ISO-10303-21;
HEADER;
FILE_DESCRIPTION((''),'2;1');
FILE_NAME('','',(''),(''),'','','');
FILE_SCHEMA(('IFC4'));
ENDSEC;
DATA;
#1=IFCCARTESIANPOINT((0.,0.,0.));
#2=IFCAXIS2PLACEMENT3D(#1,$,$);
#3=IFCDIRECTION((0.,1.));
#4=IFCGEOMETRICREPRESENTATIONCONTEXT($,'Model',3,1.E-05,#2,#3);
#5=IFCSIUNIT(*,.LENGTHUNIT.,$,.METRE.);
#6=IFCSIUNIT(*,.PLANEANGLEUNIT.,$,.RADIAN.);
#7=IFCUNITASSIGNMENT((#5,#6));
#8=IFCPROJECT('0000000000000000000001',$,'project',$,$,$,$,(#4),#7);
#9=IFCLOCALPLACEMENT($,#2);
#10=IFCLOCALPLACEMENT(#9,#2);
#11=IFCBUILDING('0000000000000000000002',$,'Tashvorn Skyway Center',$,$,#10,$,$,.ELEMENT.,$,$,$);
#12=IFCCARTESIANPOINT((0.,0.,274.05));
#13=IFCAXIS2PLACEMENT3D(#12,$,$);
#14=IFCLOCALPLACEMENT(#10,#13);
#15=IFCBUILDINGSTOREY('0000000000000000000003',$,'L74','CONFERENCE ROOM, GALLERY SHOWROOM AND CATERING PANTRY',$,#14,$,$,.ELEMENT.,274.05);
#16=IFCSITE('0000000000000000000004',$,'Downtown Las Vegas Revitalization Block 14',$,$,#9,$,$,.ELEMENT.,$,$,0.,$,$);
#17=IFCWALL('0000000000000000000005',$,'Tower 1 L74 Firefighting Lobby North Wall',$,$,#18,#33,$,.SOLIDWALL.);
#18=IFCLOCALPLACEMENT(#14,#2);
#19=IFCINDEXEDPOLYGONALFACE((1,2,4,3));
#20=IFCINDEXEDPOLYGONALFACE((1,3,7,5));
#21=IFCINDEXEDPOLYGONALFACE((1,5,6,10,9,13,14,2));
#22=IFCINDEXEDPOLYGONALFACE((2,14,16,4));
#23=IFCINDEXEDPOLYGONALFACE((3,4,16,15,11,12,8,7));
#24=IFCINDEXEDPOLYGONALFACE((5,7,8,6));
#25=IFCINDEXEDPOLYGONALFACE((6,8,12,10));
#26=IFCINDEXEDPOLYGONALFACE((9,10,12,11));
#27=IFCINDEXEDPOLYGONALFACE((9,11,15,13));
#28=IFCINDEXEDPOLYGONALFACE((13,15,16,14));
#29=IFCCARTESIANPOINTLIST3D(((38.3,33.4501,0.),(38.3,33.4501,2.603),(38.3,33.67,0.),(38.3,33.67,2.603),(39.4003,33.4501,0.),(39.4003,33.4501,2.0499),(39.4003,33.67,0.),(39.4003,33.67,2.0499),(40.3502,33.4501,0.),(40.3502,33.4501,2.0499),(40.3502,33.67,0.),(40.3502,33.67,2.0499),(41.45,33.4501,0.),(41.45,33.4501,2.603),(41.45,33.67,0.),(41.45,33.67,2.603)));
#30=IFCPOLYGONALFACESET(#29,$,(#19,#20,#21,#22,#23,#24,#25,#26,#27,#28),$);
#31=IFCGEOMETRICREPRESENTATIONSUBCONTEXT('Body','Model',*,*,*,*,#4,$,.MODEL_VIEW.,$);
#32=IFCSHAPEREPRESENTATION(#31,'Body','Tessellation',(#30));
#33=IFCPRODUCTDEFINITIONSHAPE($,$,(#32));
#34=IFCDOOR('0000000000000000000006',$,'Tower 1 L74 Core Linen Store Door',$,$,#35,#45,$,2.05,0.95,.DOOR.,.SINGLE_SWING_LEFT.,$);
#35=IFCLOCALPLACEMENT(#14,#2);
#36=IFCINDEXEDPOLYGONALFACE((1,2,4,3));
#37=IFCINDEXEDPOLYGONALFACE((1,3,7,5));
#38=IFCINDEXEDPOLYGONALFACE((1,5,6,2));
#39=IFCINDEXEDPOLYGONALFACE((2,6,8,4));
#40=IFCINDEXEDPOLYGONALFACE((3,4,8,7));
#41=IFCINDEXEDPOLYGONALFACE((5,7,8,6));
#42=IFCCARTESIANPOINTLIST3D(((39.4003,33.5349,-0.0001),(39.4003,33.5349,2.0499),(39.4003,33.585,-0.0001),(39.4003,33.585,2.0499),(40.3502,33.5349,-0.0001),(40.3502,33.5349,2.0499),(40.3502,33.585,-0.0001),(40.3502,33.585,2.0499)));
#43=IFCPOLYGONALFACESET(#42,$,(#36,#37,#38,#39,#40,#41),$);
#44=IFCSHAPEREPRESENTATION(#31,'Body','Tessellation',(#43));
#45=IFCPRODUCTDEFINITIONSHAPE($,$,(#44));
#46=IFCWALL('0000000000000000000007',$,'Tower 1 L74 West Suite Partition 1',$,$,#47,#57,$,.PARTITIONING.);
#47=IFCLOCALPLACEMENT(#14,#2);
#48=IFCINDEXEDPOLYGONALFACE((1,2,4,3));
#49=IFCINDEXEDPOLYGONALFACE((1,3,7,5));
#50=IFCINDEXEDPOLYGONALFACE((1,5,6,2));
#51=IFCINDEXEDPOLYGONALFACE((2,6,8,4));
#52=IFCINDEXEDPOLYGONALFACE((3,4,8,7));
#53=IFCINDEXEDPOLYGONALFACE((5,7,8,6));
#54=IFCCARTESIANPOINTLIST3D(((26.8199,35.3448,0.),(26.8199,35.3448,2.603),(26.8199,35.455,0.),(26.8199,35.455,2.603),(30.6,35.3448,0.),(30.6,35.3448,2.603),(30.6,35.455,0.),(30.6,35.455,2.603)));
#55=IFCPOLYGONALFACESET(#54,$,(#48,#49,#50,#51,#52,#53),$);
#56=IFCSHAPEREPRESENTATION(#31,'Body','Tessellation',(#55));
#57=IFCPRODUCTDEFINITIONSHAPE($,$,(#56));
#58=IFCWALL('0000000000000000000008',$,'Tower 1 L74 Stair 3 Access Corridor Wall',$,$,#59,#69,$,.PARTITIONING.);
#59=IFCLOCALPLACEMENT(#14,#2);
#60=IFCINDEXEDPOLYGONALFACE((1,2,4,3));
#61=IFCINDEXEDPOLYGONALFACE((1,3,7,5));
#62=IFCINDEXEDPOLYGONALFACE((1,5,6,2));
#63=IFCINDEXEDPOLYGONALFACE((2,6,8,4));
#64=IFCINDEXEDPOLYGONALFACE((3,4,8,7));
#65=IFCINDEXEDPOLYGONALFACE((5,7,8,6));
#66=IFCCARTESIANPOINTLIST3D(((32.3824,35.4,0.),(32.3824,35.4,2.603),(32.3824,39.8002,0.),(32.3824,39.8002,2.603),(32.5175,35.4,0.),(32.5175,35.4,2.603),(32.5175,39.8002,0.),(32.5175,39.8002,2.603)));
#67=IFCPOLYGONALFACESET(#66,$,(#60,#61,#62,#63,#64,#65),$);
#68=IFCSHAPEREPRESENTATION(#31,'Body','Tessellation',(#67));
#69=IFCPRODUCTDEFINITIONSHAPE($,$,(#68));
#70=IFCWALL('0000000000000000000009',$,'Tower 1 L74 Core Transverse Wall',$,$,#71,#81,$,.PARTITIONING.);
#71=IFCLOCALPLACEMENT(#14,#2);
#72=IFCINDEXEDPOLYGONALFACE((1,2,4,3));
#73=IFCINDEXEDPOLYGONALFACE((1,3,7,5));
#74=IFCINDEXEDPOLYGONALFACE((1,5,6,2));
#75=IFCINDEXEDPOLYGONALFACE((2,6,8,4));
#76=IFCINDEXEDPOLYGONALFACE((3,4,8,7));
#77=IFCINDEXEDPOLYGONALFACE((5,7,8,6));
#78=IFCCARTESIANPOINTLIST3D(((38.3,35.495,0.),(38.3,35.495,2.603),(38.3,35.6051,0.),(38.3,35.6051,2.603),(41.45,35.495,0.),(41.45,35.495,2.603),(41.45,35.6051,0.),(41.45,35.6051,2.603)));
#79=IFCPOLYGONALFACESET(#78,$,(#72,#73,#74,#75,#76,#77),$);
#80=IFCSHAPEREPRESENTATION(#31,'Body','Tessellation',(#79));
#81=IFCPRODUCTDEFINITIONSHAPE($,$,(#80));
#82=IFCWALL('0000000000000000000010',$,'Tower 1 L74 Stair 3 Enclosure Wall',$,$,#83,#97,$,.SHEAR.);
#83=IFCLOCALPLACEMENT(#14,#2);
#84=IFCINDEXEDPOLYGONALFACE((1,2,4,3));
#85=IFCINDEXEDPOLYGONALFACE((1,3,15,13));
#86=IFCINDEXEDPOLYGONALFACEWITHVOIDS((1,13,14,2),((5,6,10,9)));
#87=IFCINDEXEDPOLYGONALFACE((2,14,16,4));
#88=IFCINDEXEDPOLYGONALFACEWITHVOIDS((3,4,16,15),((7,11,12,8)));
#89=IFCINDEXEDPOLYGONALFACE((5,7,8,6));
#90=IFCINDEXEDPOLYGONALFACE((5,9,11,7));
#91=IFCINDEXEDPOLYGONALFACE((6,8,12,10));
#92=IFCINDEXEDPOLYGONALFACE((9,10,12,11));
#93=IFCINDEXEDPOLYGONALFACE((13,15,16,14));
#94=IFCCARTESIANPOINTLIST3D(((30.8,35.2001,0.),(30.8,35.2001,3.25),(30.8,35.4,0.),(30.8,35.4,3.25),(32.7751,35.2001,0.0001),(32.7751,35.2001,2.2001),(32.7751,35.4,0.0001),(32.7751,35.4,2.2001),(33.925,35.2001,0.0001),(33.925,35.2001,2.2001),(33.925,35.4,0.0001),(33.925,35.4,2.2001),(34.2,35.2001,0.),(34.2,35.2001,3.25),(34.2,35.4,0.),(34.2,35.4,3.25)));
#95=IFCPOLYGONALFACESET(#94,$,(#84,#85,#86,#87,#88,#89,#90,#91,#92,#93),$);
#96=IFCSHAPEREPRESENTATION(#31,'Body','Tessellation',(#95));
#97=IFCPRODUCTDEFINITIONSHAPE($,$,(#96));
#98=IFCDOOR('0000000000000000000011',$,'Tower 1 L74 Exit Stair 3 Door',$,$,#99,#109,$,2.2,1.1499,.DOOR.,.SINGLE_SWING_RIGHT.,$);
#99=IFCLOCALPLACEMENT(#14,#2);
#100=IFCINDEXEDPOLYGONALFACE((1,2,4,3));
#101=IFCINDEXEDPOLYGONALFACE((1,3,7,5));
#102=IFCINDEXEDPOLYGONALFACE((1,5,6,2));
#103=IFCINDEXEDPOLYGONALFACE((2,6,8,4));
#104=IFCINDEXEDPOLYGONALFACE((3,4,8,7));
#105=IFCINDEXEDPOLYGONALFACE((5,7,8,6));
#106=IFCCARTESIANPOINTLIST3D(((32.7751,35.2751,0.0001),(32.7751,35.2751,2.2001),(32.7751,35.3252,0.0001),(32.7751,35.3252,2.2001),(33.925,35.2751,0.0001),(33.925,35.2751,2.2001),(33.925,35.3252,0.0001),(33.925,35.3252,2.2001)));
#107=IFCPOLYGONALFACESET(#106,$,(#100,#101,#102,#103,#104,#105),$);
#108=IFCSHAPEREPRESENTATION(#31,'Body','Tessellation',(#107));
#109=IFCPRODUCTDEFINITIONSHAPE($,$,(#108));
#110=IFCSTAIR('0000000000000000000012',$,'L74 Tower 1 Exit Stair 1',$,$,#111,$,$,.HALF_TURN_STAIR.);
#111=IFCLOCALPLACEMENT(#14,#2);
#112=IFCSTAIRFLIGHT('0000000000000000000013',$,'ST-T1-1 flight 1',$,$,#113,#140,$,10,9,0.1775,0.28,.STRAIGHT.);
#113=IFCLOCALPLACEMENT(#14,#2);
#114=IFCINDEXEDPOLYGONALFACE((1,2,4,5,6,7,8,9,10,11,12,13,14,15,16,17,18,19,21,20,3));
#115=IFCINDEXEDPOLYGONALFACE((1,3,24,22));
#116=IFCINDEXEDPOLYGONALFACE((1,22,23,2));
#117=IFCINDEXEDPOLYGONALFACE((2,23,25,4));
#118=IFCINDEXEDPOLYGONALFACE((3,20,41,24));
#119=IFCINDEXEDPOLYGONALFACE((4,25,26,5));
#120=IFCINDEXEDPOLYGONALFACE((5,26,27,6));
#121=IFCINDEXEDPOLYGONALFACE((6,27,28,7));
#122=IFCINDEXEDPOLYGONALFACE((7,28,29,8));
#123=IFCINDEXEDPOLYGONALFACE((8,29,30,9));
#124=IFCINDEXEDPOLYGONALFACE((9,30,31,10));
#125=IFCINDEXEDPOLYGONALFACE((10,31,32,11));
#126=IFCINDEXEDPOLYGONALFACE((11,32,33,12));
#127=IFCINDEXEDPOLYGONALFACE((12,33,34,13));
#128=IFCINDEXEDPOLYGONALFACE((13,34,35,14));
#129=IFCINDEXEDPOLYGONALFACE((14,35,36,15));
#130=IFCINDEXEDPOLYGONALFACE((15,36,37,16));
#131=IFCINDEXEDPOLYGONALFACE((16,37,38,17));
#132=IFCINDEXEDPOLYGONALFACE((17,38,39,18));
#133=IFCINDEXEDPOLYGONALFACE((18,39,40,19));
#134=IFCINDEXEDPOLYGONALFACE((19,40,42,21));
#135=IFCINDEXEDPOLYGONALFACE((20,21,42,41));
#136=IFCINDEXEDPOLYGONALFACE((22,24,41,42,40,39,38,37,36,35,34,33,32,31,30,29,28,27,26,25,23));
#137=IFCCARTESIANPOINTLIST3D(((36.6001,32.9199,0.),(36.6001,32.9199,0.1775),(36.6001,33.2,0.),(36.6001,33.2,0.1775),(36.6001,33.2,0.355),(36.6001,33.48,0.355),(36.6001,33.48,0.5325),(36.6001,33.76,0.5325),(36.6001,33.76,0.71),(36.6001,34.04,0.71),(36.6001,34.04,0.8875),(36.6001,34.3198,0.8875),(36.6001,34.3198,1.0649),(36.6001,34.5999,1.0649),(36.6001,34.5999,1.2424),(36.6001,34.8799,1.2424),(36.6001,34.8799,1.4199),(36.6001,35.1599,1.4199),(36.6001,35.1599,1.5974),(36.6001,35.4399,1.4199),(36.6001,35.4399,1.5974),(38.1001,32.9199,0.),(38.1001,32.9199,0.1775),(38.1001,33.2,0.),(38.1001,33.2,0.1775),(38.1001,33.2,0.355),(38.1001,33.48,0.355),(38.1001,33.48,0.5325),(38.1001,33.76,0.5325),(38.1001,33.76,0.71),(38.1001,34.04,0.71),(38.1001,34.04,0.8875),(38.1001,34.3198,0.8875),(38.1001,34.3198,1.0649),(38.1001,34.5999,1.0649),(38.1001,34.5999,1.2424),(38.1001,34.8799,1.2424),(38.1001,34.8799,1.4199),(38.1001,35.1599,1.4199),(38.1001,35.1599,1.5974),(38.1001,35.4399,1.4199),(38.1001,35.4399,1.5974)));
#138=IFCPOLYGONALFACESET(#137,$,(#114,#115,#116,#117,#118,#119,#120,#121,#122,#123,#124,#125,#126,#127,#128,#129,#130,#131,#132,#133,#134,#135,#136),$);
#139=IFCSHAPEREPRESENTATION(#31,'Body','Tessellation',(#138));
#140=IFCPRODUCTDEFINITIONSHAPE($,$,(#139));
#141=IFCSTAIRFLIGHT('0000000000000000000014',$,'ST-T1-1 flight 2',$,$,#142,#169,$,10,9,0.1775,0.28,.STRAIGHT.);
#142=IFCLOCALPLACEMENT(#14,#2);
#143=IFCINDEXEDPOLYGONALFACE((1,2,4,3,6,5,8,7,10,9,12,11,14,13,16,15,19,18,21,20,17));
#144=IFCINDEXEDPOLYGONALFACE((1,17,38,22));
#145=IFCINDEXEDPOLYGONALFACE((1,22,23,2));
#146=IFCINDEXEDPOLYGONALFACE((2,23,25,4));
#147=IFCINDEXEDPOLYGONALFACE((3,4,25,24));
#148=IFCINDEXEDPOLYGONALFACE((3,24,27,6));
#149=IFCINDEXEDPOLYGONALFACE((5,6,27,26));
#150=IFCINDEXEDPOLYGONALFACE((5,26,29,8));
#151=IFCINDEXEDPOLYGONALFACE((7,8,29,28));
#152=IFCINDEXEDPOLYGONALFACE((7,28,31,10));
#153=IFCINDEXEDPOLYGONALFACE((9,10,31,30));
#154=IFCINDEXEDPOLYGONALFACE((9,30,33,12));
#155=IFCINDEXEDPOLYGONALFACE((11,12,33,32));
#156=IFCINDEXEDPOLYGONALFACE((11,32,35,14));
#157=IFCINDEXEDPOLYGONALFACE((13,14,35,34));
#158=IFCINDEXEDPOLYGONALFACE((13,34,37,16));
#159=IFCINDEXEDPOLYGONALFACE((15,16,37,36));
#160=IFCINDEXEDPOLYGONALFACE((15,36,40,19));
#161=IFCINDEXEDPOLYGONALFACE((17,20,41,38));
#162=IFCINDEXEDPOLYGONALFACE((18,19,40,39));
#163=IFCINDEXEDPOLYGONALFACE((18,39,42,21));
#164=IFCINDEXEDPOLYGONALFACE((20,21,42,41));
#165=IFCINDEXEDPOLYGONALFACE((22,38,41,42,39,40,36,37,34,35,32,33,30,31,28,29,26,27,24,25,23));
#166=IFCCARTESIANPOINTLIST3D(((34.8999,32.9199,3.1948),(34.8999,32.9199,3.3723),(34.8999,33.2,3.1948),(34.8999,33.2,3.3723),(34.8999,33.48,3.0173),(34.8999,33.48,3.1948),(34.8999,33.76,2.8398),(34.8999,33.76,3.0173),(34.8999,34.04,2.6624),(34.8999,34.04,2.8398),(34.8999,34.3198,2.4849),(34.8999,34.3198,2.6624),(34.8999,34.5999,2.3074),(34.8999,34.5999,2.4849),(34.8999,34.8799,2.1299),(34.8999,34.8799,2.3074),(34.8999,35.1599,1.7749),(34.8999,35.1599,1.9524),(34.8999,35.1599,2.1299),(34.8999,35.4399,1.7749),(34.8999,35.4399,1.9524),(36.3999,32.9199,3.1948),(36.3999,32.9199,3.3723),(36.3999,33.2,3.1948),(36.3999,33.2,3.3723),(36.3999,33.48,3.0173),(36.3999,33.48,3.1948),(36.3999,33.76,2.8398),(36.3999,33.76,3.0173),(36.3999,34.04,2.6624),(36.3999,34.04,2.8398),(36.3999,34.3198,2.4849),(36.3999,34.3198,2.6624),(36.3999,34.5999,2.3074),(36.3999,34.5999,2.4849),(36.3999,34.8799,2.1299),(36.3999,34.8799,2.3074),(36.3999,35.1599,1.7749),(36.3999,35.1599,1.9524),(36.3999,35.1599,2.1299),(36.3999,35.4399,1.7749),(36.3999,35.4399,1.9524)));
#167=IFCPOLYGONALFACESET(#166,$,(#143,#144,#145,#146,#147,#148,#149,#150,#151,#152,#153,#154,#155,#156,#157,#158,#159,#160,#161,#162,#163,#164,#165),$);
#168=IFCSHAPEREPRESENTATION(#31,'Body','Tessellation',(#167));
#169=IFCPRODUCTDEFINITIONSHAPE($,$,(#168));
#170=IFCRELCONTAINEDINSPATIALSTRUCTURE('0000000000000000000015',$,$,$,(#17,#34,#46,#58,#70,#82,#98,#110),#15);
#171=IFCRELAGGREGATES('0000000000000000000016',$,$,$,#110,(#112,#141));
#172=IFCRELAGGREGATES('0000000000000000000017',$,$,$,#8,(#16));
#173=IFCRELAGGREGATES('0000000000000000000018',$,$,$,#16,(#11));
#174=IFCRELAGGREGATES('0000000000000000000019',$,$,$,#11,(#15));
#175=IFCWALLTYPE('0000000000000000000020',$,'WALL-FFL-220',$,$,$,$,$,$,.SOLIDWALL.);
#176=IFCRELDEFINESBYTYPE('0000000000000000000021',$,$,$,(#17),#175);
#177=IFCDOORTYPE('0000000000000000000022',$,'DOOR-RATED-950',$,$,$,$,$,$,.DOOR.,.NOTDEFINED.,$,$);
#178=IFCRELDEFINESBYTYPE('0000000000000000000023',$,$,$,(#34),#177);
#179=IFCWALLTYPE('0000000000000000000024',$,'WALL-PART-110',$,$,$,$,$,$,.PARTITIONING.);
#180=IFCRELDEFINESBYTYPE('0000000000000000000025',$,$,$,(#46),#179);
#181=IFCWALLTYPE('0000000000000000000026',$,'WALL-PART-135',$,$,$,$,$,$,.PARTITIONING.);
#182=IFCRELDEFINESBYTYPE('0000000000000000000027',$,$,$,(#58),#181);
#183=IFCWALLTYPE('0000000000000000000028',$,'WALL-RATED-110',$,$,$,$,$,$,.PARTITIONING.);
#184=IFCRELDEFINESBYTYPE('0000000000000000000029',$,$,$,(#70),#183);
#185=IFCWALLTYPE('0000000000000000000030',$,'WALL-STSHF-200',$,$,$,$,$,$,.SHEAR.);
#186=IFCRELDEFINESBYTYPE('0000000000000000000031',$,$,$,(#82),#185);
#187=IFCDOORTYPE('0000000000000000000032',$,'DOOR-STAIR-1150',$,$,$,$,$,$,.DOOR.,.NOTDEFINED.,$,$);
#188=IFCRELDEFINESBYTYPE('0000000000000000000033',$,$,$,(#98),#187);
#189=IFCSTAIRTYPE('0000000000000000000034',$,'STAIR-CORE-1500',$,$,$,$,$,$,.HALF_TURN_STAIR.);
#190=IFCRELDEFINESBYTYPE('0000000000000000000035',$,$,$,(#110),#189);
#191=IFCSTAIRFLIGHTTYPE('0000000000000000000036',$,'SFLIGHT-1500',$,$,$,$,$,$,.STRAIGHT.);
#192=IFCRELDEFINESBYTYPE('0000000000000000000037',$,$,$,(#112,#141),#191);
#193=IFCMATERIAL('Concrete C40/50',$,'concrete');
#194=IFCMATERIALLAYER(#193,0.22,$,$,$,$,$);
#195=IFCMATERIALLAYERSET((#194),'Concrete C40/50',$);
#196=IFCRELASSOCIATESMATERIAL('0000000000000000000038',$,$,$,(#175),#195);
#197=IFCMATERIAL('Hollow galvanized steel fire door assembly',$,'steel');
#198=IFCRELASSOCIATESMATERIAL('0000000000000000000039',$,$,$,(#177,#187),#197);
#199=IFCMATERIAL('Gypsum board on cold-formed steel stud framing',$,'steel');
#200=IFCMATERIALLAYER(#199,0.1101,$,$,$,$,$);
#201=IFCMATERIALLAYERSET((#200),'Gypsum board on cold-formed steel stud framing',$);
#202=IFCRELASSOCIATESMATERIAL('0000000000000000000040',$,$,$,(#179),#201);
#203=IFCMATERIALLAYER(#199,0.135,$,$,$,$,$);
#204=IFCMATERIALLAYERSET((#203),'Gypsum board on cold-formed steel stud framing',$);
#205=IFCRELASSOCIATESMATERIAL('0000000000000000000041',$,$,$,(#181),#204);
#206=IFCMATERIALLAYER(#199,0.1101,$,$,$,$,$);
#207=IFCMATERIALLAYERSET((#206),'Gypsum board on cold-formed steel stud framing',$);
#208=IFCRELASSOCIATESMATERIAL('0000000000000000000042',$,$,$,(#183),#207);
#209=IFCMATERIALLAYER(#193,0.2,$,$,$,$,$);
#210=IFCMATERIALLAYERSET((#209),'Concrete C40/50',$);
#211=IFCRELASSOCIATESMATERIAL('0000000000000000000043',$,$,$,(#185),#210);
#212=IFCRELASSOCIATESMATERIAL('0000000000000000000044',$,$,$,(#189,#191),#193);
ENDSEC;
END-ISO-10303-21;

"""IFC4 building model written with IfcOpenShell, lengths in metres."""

from ifc_helpers import new_model, si_unit, direction, frame, frame_2d, origin, place, context, subcontext, project, spatial, polyline, rectangle, outline, extrude, material, layer, layer_set, type_object, element, fill, aggregate, save


model = new_model("IFC4")

# Units and contexts
model_context = context("Model", 3, precision=1e-05, world=origin(), true_north=direction((0.0, 1.0)))
body_context = subcontext(model_context, "Body", "Model", "MODEL_VIEW")
ifc_project = project(units=[si_unit("LENGTHUNIT", "METRE"), si_unit("PLANEANGLEUNIT", "RADIAN")], contexts=[model_context])

# Site, building, storey
site_placement = place(None, origin())
site = spatial("IfcSite", under=ifc_project, at=site_placement, Name="Downtown Las Vegas Revitalization Block 14", CompositionType="ELEMENT", RefElevation=0.0)
building_placement = place(site_placement, origin())
building = spatial("IfcBuilding", under=site, at=building_placement, Name="Tashvorn Skyway Center", CompositionType="ELEMENT")
storey_placement = place(building_placement, frame((0.0, 0.0, 274.05)))
storey = spatial("IfcBuildingStorey", under=building, at=storey_placement, Name="L74", Description="CONFERENCE ROOM, GALLERY SHOWROOM AND CATERING PANTRY", CompositionType="ELEMENT", Elevation=274.05)

# Wall, opening, door
ifc_material_1 = material(Name="Concrete C40/50", Category="concrete")
ifc_layer_1 = layer(ifc_material_1, 0.22)
ifc_layer_set_1 = layer_set([ifc_layer_1], Name="Concrete C40/50")
wall_type_1 = type_object("IfcWallType", Name="WALL-FFL-220", PredefinedType="SOLIDWALL", material=ifc_layer_set_1)
wall_1_placement = place(storey_placement, frame((38.3, 33.5601, 0.0), z_axis=(0.0, 0.0, 1.0), x_axis=(1.0, 0.0, 0.0)))
wall_1 = element("IfcWall", 1, at=wall_1_placement, inside=storey, type_object=wall_type_1, Name="Tower 1 L74 Firefighting Lobby North Wall", PredefinedType="SOLIDWALL", context=body_context, shape_type="SweptSolid", body=[
    extrude(rectangle(XDim=3.1499, YDim=0.22, at=frame_2d((1.575, 0.0))), origin(), (0.0, 0.0, 1.0), 2.603),
])
opening_1_placement = place(wall_1_placement, frame((1.1001, 0.0, 0.0)))
opening_1 = element("IfcOpeningElement", 2, at=opening_1_placement, cuts=wall_1, PredefinedType="OPENING", context=body_context, shape_type="SweptSolid", body=[
    extrude(rectangle(XDim=0.95, YDim=2.05, at=frame_2d((0.4751, 1.0249))), frame((0.0, 0.1199, 0.0), z_axis=(0.0, -1.0, 0.0), x_axis=(1.0, 0.0, 0.0)), (0.0, 0.0, 1.0), 0.24),
])
ifc_material_2 = material(Name="Hollow galvanized steel fire door assembly", Category="steel")
door_type_1 = type_object("IfcDoorType", Name="DOOR-RATED-950", OperationType="NOTDEFINED", PredefinedType="DOOR", material=ifc_material_2)
door_1_placement = place(opening_1_placement, origin())
door_1 = element("IfcDoor", 3, at=door_1_placement, inside=storey, type_object=door_type_1, Name="Tower 1 L74 Core Linen Store Door", OperationType="SINGLE_SWING_LEFT", OverallHeight=2.05, OverallWidth=0.95, PredefinedType="DOOR", context=body_context, shape_type="SweptSolid", body=[
    extrude(rectangle(XDim=0.95, YDim=2.05, at=frame_2d((0.4751, 1.0249))), frame((0.0, 0.0249, 0.0), z_axis=(0.0, -1.0, 0.0), x_axis=(1.0, 0.0, 0.0)), (0.0, 0.0, 1.0), 0.05),
])
fill(opening_1, door_1)

# Walls
ifc_material_3 = material(Name="Gypsum board on cold-formed steel stud framing", Category="steel")
ifc_layer_2 = layer(ifc_material_3, 0.1101)
ifc_layer_set_2 = layer_set([ifc_layer_2], Name="Gypsum board on cold-formed steel stud framing")
wall_type_2 = type_object("IfcWallType", Name="WALL-PART-110", PredefinedType="PARTITIONING", material=ifc_layer_set_2)
wall_2_placement = place(storey_placement, frame((30.6001, 35.3999, 0.0), z_axis=(0.0, 0.0, 1.0), x_axis=(-1.0, 0.0, 0.0)))
element("IfcWall", 4, at=wall_2_placement, inside=storey, type_object=wall_type_2, Name="Tower 1 L74 West Suite Partition 1", PredefinedType="PARTITIONING", context=body_context, shape_type="SweptSolid", body=[
    extrude(rectangle(XDim=3.78, YDim=0.1101, at=frame_2d((1.8901, 0.0))), origin(), (0.0, 0.0, 1.0), 2.603),
])
ifc_layer_3 = layer(ifc_material_3, 0.135)
ifc_layer_set_3 = layer_set([ifc_layer_3], Name="Gypsum board on cold-formed steel stud framing")
wall_type_3 = type_object("IfcWallType", Name="WALL-PART-135", PredefinedType="PARTITIONING", material=ifc_layer_set_3)
wall_3_placement = place(storey_placement, frame((32.45, 35.3999, 0.0), z_axis=(0.0, 0.0, 1.0), x_axis=(0.0, 1.0, 0.0)))
element("IfcWall", 5, at=wall_3_placement, inside=storey, type_object=wall_type_3, Name="Tower 1 L74 Stair 3 Access Corridor Wall", PredefinedType="PARTITIONING", context=body_context, shape_type="SweptSolid", body=[
    extrude(rectangle(XDim=4.4001, YDim=0.135, at=frame_2d((2.2002, 0.0))), origin(), (0.0, 0.0, 1.0), 2.603),
])
ifc_layer_4 = layer(ifc_material_3, 0.1101)
ifc_layer_set_4 = layer_set([ifc_layer_4], Name="Gypsum board on cold-formed steel stud framing")
wall_type_4 = type_object("IfcWallType", Name="WALL-RATED-110", PredefinedType="PARTITIONING", material=ifc_layer_set_4)
wall_4_placement = place(storey_placement, frame((38.3, 35.55, 0.0), z_axis=(0.0, 0.0, 1.0), x_axis=(1.0, 0.0, 0.0)))
element("IfcWall", 6, at=wall_4_placement, inside=storey, type_object=wall_type_4, Name="Tower 1 L74 Core Transverse Wall", PredefinedType="PARTITIONING", context=body_context, shape_type="SweptSolid", body=[
    extrude(rectangle(XDim=3.1499, YDim=0.1101, at=frame_2d((1.575, 0.0))), origin(), (0.0, 0.0, 1.0), 2.603),
])

# Wall, opening, door
ifc_layer_5 = layer(ifc_material_1, 0.2)
ifc_layer_set_5 = layer_set([ifc_layer_5], Name="Concrete C40/50")
wall_type_5 = type_object("IfcWallType", Name="WALL-STSHF-200", PredefinedType="SHEAR", material=ifc_layer_set_5)
wall_5_placement = place(storey_placement, frame((34.2, 35.3, 0.0), z_axis=(0.0, 0.0, 1.0), x_axis=(-1.0, 0.0, 0.0)))
wall_5 = element("IfcWall", 7, at=wall_5_placement, inside=storey, type_object=wall_type_5, Name="Tower 1 L74 Stair 3 Enclosure Wall", PredefinedType="SHEAR", context=body_context, shape_type="SweptSolid", body=[
    extrude(rectangle(XDim=3.3999, YDim=0.2, at=frame_2d((1.7, 0.0))), origin(), (0.0, 0.0, 1.0), 3.25),
])
opening_2_placement = place(wall_5_placement, frame((0.2749, 0.0, 0.0)))
opening_2 = element("IfcOpeningElement", 8, at=opening_2_placement, cuts=wall_5, PredefinedType="OPENING", context=body_context, shape_type="SweptSolid", body=[
    extrude(rectangle(XDim=1.1499, YDim=2.2, at=frame_2d((0.575, 1.1001))), frame((0.0, 0.1099, 0.0), z_axis=(0.0, -1.0, 0.0), x_axis=(1.0, 0.0, 0.0)), (0.0, 0.0, 1.0), 0.22),
])
door_type_2 = type_object("IfcDoorType", Name="DOOR-STAIR-1150", OperationType="NOTDEFINED", PredefinedType="DOOR", material=ifc_material_2)
door_2_placement = place(opening_2_placement, origin())
door_2 = element("IfcDoor", 9, at=door_2_placement, inside=storey, type_object=door_type_2, Name="Tower 1 L74 Exit Stair 3 Door", OperationType="SINGLE_SWING_RIGHT", OverallHeight=2.2, OverallWidth=1.1499, PredefinedType="DOOR", context=body_context, shape_type="SweptSolid", body=[
    extrude(rectangle(XDim=1.1499, YDim=2.2, at=frame_2d((0.575, 1.1001))), frame((0.0, 0.0249, 0.0), z_axis=(0.0, -1.0, 0.0), x_axis=(1.0, 0.0, 0.0)), (0.0, 0.0, 1.0), 0.05),
])
fill(opening_2, door_2)

# Stair, stair flights
stair_type = type_object("IfcStairType", Name="STAIR-CORE-1500", PredefinedType="HALF_TURN_STAIR", material=ifc_material_1)
stair_placement = place(storey_placement, origin())
stair = element("IfcStair", 10, at=stair_placement, inside=storey, type_object=stair_type, Name="L74 Tower 1 Exit Stair 1", PredefinedType="HALF_TURN_STAIR")
stair_flight_type = type_object("IfcStairFlightType", Name="SFLIGHT-1500", PredefinedType="STRAIGHT", material=ifc_material_1)
stair_flight_1_placement = place(storey_placement, frame((37.3501, 32.9199, 0.0), z_axis=(0.0, 0.0, 1.0), x_axis=(0.0, 1.0, 0.0)))
stair_flight_1 = element("IfcStairFlight", 11, at=stair_flight_1_placement, type_object=stair_flight_type, Name="ST-T1-1 flight 1", NumberOfRisers=10, NumberOfTreads=9, PredefinedType="STRAIGHT", RiserHeight=0.1775, TreadLength=0.28, context=body_context, shape_type="SweptSolid", body=[
    extrude(outline(polyline([(0.0, 0.0), (0.0, 0.1775), (0.28, 0.1775), (0.28, 0.355), (0.5601, 0.355), (0.5601, 0.5325), (0.8401, 0.5325), (0.8401, 0.71), (1.1201, 0.71), (1.1201, 0.8875), (1.3999, 0.8875), (1.3999, 1.0649), (1.6799, 1.0649), (1.6799, 1.2424), (1.96, 1.2424), (1.96, 1.4199), (2.24, 1.4199), (2.24, 1.5974), (2.52, 1.5974), (2.52, 1.7749), (2.52, 1.4199), (0.28, 0.0), (0.0, 0.0)])), frame((0.0, 0.75, 0.0), z_axis=(0.0, -1.0, 0.0), x_axis=(1.0, 0.0, 0.0)), (0.0, 0.0, 1.0), 1.5),
])
stair_flight_2_placement = place(storey_placement, frame((35.6499, 35.4399, 1.7749), z_axis=(0.0, 0.0, 1.0), x_axis=(0.0, -1.0, 0.0)))
stair_flight_2 = element("IfcStairFlight", 12, at=stair_flight_2_placement, type_object=stair_flight_type, Name="ST-T1-1 flight 2", NumberOfRisers=10, NumberOfTreads=9, PredefinedType="STRAIGHT", RiserHeight=0.1775, TreadLength=0.28, context=body_context, shape_type="SweptSolid", body=[
    extrude(outline(polyline([(0.0, 0.0), (0.0, 0.1775), (0.28, 0.1775), (0.28, 0.355), (0.5601, 0.355), (0.5601, 0.5325), (0.8401, 0.5325), (0.8401, 0.71), (1.1201, 0.71), (1.1201, 0.8875), (1.3999, 0.8875), (1.3999, 1.0649), (1.6799, 1.0649), (1.6799, 1.2424), (1.96, 1.2424), (1.96, 1.4199), (2.24, 1.4199), (2.24, 1.5974), (2.52, 1.5974), (2.52, 1.7749), (2.52, 1.4199), (0.28, 0.0), (0.0, 0.0)])), frame((0.0, 0.75, 0.0), z_axis=(0.0, -1.0, 0.0), x_axis=(1.0, 0.0, 0.0)), (0.0, 0.0, 1.0), 1.5),
])
aggregate(stair, [stair_flight_1, stair_flight_2])

save(model, "model.ifc")
